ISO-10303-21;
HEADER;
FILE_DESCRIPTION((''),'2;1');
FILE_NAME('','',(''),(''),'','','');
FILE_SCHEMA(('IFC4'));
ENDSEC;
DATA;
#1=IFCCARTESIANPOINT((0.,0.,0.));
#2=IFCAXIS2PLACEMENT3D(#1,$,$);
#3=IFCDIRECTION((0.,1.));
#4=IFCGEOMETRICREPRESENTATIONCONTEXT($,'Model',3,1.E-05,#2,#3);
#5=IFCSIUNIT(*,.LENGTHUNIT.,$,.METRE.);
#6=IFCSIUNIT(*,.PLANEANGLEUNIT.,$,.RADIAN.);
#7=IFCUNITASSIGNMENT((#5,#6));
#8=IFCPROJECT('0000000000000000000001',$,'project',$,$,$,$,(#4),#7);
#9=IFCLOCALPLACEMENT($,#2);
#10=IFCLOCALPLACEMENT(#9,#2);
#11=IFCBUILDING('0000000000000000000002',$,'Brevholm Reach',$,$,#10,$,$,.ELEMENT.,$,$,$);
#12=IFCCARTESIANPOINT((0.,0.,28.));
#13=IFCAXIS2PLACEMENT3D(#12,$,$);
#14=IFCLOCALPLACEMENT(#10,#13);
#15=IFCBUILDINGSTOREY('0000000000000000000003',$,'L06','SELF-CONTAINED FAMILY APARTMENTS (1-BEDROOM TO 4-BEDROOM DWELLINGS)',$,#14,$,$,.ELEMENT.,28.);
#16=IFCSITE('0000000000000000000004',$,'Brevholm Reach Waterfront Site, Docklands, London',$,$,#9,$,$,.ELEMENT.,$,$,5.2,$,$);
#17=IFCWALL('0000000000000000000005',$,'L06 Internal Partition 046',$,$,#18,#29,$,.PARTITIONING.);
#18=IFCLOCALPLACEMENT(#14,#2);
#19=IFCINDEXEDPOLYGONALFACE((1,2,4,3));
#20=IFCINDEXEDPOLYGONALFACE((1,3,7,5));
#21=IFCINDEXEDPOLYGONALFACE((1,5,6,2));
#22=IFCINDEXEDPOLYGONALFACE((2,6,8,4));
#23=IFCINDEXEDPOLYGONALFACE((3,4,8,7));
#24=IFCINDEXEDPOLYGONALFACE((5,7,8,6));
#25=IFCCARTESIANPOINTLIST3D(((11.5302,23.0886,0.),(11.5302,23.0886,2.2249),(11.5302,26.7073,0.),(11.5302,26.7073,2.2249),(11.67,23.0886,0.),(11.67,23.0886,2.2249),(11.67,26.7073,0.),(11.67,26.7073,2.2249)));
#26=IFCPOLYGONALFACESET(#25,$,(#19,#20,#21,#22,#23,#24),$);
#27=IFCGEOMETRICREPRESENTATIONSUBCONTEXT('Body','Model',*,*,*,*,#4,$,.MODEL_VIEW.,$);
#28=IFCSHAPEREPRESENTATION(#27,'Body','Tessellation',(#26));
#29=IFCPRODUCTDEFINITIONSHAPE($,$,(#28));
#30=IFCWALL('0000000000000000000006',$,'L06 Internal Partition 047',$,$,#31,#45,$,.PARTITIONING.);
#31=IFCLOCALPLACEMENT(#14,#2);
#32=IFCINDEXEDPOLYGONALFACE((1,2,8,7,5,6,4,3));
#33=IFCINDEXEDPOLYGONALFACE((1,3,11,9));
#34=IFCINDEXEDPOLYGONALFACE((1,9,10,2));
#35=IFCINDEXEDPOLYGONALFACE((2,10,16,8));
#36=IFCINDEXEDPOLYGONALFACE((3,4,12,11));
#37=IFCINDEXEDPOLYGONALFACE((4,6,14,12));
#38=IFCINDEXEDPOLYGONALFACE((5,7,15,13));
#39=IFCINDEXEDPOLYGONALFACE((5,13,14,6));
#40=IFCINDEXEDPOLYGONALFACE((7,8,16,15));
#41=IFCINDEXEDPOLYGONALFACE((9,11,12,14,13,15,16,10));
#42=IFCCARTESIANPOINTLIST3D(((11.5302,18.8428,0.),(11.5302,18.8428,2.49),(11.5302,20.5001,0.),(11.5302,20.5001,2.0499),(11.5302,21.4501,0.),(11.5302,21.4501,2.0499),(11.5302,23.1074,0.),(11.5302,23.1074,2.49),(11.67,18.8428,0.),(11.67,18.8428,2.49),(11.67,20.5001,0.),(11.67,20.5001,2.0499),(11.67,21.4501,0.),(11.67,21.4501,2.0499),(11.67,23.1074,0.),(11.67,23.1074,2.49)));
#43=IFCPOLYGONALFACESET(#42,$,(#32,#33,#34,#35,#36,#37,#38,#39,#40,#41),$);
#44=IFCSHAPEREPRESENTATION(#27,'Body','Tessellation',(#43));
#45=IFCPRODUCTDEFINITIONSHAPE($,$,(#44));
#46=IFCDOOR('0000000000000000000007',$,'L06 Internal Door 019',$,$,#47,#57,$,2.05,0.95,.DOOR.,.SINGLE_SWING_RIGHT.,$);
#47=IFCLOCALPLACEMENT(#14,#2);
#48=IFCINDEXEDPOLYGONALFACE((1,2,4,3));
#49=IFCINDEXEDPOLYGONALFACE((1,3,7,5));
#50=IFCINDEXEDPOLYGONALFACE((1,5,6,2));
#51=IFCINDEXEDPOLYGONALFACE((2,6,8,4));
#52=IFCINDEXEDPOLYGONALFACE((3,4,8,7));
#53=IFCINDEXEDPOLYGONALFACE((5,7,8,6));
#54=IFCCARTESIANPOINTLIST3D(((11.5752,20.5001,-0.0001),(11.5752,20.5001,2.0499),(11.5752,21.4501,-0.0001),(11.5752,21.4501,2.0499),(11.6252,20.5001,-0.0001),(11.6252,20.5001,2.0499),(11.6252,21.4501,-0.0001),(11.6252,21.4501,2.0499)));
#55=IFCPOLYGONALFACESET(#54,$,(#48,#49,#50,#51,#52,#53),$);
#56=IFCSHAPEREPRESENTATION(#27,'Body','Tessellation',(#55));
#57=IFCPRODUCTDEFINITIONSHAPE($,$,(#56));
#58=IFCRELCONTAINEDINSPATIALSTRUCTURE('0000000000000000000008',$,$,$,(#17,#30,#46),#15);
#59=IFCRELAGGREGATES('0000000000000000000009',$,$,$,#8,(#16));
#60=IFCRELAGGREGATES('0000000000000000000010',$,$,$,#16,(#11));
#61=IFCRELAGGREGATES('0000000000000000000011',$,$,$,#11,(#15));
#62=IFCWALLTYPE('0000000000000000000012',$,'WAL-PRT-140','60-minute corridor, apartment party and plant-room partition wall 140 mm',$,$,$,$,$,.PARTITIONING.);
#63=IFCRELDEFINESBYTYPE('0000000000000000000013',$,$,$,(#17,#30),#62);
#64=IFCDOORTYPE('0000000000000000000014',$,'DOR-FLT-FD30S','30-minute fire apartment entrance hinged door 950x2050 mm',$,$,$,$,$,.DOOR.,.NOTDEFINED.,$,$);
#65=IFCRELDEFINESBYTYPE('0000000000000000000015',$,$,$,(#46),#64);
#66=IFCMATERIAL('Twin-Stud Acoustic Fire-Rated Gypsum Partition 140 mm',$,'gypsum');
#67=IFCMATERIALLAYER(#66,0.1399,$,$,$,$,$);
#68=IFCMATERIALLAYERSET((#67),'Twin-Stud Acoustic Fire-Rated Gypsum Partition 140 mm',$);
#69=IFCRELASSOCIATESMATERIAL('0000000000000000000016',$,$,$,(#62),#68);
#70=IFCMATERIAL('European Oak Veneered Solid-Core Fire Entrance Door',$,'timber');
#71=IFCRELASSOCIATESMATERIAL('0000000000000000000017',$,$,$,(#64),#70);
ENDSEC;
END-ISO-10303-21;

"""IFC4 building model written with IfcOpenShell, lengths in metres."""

from ifc_helpers import new_model, si_unit, direction, frame, frame_2d, origin, place, context, subcontext, project, spatial, rectangle, extrude, material, layer, layer_set, type_object, element, fill, save


model = new_model("IFC4")

# Units and contexts
model_context = context("Model", 3, precision=1e-05, world=origin(), true_north=direction((0.0, 1.0)))
body_context = subcontext(model_context, "Body", "Model", "MODEL_VIEW")
ifc_project = project(units=[si_unit("LENGTHUNIT", "METRE"), si_unit("PLANEANGLEUNIT", "RADIAN")], contexts=[model_context])

# Site, building, storey
site_placement = place(None, origin())
site = spatial("IfcSite", under=ifc_project, at=site_placement, Name="Brevholm Reach Waterfront Site, Docklands, London", CompositionType="ELEMENT", RefElevation=5.2)
building_placement = place(site_placement, origin())
building = spatial("IfcBuilding", under=site, at=building_placement, Name="Brevholm Reach", CompositionType="ELEMENT")
storey_placement = place(building_placement, frame((0.0, 0.0, 28.0)))
storey = spatial("IfcBuildingStorey", under=building, at=storey_placement, Name="L06", Description="SELF-CONTAINED FAMILY APARTMENTS (1-BEDROOM TO 4-BEDROOM DWELLINGS)", CompositionType="ELEMENT", Elevation=28.0)

# Wall
ifc_material_1 = material(Name="Twin-Stud Acoustic Fire-Rated Gypsum Partition 140 mm", Category="gypsum")
ifc_layer_1 = layer(ifc_material_1, 0.1399)
ifc_layer_set_1 = layer_set([ifc_layer_1], Name="Twin-Stud Acoustic Fire-Rated Gypsum Partition 140 mm")
wall_type_1 = type_object("IfcWallType", Name="WAL-PRT-140", Description="60-minute corridor, apartment party and plant-room partition wall 140 mm", PredefinedType="PARTITIONING", material=ifc_layer_set_1)
wall_1_placement = place(storey_placement, frame((11.6001, 23.0886, 0.0), z_axis=(0.0, 0.0, 1.0), x_axis=(0.0, 1.0, 0.0)))
element("IfcWall", 1, at=wall_1_placement, inside=storey, type_object=wall_type_1, Name="L06 Internal Partition 046", PredefinedType="PARTITIONING", context=body_context, shape_type="SweptSolid", body=[
    extrude(rectangle(XDim=3.6187, YDim=0.1399, at=frame_2d((1.8093, 0.0))), origin(), (0.0, 0.0, 1.0), 2.2249),
])

# Wall, opening, door
wall_2_placement = place(storey_placement, frame((11.6001, 18.8428, 0.0), z_axis=(0.0, 0.0, 1.0), x_axis=(0.0, 1.0, 0.0)))
wall_2 = element("IfcWall", 2, at=wall_2_placement, inside=storey, type_object=wall_type_1, Name="L06 Internal Partition 047", PredefinedType="PARTITIONING", context=body_context, shape_type="SweptSolid", body=[
    extrude(rectangle(XDim=4.2646, YDim=0.1399, at=frame_2d((2.1323, 0.0))), origin(), (0.0, 0.0, 1.0), 2.49),
])
opening_1_placement = place(wall_2_placement, frame((1.6572, 0.0, 0.0)))
opening_1 = element("IfcOpeningElement", 3, at=opening_1_placement, cuts=wall_2, PredefinedType="OPENING", context=body_context, shape_type="SweptSolid", body=[
    extrude(rectangle(XDim=0.95, YDim=2.05, at=frame_2d((0.4751, 1.0249))), frame((0.0, 0.0798, 0.0), z_axis=(0.0, -1.0, 0.0), x_axis=(1.0, 0.0, 0.0)), (0.0, 0.0, 1.0), 0.1599),
])
ifc_material_2 = material(Name="European Oak Veneered Solid-Core Fire Entrance Door", Category="timber")
door_type_1 = type_object("IfcDoorType", Name="DOR-FLT-FD30S", Description="30-minute fire apartment entrance hinged door 950x2050 mm", OperationType="NOTDEFINED", PredefinedType="DOOR", material=ifc_material_2)
door_1_placement = place(opening_1_placement, origin())
door_1 = element("IfcDoor", 4, at=door_1_placement, inside=storey, type_object=door_type_1, Name="L06 Internal Door 019", OperationType="SINGLE_SWING_RIGHT", OverallHeight=2.05, OverallWidth=0.95, PredefinedType="DOOR", context=body_context, shape_type="SweptSolid", body=[
    extrude(rectangle(XDim=0.95, YDim=2.05, at=frame_2d((0.4751, 1.0249))), frame((0.0, 0.0249, 0.0), z_axis=(0.0, -1.0, 0.0), x_axis=(1.0, 0.0, 0.0)), (0.0, 0.0, 1.0), 0.05),
])
fill(opening_1, door_1)

save(model, "model.ifc")
